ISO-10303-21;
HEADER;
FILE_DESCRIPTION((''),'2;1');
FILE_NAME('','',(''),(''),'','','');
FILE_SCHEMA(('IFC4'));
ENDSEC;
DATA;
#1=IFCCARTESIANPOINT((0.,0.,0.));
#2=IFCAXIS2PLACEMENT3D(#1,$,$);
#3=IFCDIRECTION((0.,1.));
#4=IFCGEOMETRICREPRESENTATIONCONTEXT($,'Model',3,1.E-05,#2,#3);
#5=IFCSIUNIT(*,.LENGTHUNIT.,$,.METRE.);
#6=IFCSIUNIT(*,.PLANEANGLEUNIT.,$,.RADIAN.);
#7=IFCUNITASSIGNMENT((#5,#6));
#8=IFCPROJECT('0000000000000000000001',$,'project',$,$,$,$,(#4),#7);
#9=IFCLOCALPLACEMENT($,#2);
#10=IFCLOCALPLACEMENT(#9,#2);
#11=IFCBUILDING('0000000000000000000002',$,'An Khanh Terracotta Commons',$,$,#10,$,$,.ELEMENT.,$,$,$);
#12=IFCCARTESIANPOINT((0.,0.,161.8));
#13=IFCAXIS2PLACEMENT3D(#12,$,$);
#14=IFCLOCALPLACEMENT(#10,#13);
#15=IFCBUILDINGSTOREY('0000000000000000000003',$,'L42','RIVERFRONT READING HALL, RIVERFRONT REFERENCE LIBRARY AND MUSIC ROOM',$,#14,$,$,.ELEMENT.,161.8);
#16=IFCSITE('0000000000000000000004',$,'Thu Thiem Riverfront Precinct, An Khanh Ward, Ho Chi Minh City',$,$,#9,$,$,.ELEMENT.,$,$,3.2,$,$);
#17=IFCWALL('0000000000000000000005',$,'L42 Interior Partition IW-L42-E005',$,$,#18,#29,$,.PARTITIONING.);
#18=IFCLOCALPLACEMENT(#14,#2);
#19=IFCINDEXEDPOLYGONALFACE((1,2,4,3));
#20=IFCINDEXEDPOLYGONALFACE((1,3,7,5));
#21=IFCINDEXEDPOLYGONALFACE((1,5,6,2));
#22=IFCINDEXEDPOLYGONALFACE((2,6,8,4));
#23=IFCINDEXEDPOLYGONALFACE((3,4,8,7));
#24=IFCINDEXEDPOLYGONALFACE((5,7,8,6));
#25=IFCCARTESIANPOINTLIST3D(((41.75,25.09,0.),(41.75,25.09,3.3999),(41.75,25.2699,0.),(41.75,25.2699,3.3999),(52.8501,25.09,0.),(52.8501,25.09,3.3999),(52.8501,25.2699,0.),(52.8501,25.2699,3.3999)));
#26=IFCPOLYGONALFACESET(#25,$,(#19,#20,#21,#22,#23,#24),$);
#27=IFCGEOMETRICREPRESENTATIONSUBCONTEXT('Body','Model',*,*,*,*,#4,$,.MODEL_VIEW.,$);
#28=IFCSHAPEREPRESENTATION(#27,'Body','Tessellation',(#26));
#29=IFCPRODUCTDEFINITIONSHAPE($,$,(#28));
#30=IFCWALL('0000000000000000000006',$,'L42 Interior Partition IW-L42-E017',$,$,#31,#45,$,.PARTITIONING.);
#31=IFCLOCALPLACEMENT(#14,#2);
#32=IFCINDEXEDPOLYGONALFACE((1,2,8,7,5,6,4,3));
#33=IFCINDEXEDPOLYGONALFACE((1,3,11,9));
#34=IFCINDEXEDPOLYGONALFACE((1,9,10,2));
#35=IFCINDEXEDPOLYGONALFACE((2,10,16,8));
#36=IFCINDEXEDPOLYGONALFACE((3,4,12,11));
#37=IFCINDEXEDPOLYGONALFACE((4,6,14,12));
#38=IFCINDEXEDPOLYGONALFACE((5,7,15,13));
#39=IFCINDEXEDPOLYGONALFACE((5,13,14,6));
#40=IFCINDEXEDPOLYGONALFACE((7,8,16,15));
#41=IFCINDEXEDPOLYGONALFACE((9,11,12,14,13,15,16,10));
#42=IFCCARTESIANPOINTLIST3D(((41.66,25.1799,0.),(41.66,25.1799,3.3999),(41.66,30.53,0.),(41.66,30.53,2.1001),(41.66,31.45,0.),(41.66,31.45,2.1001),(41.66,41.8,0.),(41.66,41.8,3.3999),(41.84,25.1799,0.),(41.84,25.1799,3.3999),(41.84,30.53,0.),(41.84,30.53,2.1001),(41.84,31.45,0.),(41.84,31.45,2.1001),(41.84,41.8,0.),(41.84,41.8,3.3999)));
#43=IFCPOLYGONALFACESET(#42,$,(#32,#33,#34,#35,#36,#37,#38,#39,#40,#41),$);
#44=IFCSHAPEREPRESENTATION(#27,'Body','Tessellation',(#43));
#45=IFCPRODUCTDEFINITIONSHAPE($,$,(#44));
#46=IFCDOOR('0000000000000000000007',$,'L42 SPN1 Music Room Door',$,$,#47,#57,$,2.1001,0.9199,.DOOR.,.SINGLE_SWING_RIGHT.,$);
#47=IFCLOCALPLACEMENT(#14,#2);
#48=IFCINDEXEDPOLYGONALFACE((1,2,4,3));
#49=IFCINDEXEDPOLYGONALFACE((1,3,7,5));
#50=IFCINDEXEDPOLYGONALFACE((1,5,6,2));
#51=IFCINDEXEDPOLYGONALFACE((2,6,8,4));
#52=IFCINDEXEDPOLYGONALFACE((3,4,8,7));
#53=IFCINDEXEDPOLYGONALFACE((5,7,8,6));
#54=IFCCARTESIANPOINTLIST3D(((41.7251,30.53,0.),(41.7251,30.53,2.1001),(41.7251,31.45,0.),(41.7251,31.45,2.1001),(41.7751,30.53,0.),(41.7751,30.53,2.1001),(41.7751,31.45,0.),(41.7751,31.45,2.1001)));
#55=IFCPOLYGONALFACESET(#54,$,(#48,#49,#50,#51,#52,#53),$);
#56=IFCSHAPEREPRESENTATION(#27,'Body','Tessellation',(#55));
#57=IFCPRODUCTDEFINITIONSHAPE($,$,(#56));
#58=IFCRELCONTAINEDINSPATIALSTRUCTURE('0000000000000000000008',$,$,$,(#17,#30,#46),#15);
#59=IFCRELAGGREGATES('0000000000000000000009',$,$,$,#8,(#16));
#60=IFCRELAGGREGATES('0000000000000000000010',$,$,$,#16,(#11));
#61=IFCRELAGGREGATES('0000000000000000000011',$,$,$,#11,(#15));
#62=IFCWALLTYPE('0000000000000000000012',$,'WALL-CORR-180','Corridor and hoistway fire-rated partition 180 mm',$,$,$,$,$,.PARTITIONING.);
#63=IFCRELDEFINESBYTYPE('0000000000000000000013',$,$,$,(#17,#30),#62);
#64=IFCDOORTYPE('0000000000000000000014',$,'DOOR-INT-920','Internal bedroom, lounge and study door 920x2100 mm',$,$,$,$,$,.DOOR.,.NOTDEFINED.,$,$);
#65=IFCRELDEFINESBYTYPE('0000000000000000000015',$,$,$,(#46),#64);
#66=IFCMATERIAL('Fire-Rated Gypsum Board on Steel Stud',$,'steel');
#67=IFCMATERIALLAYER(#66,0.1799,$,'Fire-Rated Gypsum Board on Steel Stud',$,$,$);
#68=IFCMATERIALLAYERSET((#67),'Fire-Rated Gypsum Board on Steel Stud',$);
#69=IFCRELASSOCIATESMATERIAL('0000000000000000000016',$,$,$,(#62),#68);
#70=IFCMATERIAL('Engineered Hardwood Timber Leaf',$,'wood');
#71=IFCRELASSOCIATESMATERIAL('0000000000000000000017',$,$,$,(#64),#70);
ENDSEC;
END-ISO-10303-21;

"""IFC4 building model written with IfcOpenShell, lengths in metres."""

from ifc_helpers import new_model, si_unit, direction, frame, frame_2d, origin, place, context, subcontext, project, spatial, rectangle, extrude, material, layer, layer_set, type_object, element, fill, save


model = new_model("IFC4")

# Units and contexts
model_context = context("Model", 3, precision=1e-05, world=origin(), true_north=direction((0.0, 1.0)))
body_context = subcontext(model_context, "Body", "Model", "MODEL_VIEW")
ifc_project = project(units=[si_unit("LENGTHUNIT", "METRE"), si_unit("PLANEANGLEUNIT", "RADIAN")], contexts=[model_context])

# Site, building, storey
site_placement = place(None, origin())
site = spatial("IfcSite", under=ifc_project, at=site_placement, Name="Thu Thiem Riverfront Precinct, An Khanh Ward, Ho Chi Minh City", CompositionType="ELEMENT", RefElevation=3.2)
building_placement = place(site_placement, origin())
building = spatial("IfcBuilding", under=site, at=building_placement, Name="An Khanh Terracotta Commons", CompositionType="ELEMENT")
storey_placement = place(building_placement, frame((0.0, 0.0, 161.8)))
storey = spatial("IfcBuildingStorey", under=building, at=storey_placement, Name="L42", Description="RIVERFRONT READING HALL, RIVERFRONT REFERENCE LIBRARY AND MUSIC ROOM", CompositionType="ELEMENT", Elevation=161.8)

# Wall
ifc_material_1 = material(Name="Fire-Rated Gypsum Board on Steel Stud", Category="steel")
ifc_layer_1 = layer(ifc_material_1, 0.1799, Name="Fire-Rated Gypsum Board on Steel Stud")
ifc_layer_set_1 = layer_set([ifc_layer_1], Name="Fire-Rated Gypsum Board on Steel Stud")
wall_type_1 = type_object("IfcWallType", Name="WALL-CORR-180", Description="Corridor and hoistway fire-rated partition 180 mm", PredefinedType="PARTITIONING", material=ifc_layer_set_1)
wall_1_placement = place(storey_placement, frame((41.75, 25.1799, 0.0), z_axis=(0.0, 0.0, 1.0), x_axis=(1.0, 0.0, 0.0)))
element("IfcWall", 1, at=wall_1_placement, inside=storey, type_object=wall_type_1, Name="L42 Interior Partition IW-L42-E005", PredefinedType="PARTITIONING", context=body_context, shape_type="SweptSolid", body=[
    extrude(rectangle(XDim=11.1001, YDim=0.1799, at=frame_2d((5.55, 0.0))), origin(), (0.0, 0.0, 1.0), 3.3999),
])

# Wall, opening, door
wall_2_placement = place(storey_placement, frame((41.75, 25.1799, 0.0), z_axis=(0.0, 0.0, 1.0), x_axis=(0.0, 1.0, 0.0)))
wall_2 = element("IfcWall", 2, at=wall_2_placement, inside=storey, type_object=wall_type_1, Name="L42 Interior Partition IW-L42-E017", PredefinedType="PARTITIONING", context=body_context, shape_type="SweptSolid", body=[
    extrude(rectangle(XDim=16.6201, YDim=0.1799, at=frame_2d((8.3101, 0.0))), origin(), (0.0, 0.0, 1.0), 3.3999),
])
opening_1_placement = place(wall_2_placement, frame((5.3501, 0.0, 0.0)))
opening_1 = element("IfcOpeningElement", 3, at=opening_1_placement, cuts=wall_2, PredefinedType="OPENING", context=body_context, shape_type="SweptSolid", body=[
    extrude(rectangle(XDim=0.9199, YDim=2.1001, at=frame_2d((0.46, 1.05))), frame((0.0, 0.0999, 0.0), z_axis=(0.0, -1.0, 0.0), x_axis=(1.0, 0.0, 0.0)), (0.0, 0.0, 1.0), 0.2),
])
ifc_material_2 = material(Name="Engineered Hardwood Timber Leaf", Category="wood")
door_type_1 = type_object("IfcDoorType", Name="DOOR-INT-920", Description="Internal bedroom, lounge and study door 920x2100 mm", OperationType="NOTDEFINED", PredefinedType="DOOR", material=ifc_material_2)
door_1_placement = place(opening_1_placement, origin())
door_1 = element("IfcDoor", 4, at=door_1_placement, inside=storey, type_object=door_type_1, Name="L42 SPN1 Music Room Door", OperationType="SINGLE_SWING_RIGHT", OverallHeight=2.1001, OverallWidth=0.9199, PredefinedType="DOOR", context=body_context, shape_type="SweptSolid", body=[
    extrude(rectangle(XDim=0.9199, YDim=2.1001, at=frame_2d((0.46, 1.05))), frame((0.0, 0.0249, 0.0), z_axis=(0.0, -1.0, 0.0), x_axis=(1.0, 0.0, 0.0)), (0.0, 0.0, 1.0), 0.05),
])
fill(opening_1, door_1)

save(model, "model.ifc")
